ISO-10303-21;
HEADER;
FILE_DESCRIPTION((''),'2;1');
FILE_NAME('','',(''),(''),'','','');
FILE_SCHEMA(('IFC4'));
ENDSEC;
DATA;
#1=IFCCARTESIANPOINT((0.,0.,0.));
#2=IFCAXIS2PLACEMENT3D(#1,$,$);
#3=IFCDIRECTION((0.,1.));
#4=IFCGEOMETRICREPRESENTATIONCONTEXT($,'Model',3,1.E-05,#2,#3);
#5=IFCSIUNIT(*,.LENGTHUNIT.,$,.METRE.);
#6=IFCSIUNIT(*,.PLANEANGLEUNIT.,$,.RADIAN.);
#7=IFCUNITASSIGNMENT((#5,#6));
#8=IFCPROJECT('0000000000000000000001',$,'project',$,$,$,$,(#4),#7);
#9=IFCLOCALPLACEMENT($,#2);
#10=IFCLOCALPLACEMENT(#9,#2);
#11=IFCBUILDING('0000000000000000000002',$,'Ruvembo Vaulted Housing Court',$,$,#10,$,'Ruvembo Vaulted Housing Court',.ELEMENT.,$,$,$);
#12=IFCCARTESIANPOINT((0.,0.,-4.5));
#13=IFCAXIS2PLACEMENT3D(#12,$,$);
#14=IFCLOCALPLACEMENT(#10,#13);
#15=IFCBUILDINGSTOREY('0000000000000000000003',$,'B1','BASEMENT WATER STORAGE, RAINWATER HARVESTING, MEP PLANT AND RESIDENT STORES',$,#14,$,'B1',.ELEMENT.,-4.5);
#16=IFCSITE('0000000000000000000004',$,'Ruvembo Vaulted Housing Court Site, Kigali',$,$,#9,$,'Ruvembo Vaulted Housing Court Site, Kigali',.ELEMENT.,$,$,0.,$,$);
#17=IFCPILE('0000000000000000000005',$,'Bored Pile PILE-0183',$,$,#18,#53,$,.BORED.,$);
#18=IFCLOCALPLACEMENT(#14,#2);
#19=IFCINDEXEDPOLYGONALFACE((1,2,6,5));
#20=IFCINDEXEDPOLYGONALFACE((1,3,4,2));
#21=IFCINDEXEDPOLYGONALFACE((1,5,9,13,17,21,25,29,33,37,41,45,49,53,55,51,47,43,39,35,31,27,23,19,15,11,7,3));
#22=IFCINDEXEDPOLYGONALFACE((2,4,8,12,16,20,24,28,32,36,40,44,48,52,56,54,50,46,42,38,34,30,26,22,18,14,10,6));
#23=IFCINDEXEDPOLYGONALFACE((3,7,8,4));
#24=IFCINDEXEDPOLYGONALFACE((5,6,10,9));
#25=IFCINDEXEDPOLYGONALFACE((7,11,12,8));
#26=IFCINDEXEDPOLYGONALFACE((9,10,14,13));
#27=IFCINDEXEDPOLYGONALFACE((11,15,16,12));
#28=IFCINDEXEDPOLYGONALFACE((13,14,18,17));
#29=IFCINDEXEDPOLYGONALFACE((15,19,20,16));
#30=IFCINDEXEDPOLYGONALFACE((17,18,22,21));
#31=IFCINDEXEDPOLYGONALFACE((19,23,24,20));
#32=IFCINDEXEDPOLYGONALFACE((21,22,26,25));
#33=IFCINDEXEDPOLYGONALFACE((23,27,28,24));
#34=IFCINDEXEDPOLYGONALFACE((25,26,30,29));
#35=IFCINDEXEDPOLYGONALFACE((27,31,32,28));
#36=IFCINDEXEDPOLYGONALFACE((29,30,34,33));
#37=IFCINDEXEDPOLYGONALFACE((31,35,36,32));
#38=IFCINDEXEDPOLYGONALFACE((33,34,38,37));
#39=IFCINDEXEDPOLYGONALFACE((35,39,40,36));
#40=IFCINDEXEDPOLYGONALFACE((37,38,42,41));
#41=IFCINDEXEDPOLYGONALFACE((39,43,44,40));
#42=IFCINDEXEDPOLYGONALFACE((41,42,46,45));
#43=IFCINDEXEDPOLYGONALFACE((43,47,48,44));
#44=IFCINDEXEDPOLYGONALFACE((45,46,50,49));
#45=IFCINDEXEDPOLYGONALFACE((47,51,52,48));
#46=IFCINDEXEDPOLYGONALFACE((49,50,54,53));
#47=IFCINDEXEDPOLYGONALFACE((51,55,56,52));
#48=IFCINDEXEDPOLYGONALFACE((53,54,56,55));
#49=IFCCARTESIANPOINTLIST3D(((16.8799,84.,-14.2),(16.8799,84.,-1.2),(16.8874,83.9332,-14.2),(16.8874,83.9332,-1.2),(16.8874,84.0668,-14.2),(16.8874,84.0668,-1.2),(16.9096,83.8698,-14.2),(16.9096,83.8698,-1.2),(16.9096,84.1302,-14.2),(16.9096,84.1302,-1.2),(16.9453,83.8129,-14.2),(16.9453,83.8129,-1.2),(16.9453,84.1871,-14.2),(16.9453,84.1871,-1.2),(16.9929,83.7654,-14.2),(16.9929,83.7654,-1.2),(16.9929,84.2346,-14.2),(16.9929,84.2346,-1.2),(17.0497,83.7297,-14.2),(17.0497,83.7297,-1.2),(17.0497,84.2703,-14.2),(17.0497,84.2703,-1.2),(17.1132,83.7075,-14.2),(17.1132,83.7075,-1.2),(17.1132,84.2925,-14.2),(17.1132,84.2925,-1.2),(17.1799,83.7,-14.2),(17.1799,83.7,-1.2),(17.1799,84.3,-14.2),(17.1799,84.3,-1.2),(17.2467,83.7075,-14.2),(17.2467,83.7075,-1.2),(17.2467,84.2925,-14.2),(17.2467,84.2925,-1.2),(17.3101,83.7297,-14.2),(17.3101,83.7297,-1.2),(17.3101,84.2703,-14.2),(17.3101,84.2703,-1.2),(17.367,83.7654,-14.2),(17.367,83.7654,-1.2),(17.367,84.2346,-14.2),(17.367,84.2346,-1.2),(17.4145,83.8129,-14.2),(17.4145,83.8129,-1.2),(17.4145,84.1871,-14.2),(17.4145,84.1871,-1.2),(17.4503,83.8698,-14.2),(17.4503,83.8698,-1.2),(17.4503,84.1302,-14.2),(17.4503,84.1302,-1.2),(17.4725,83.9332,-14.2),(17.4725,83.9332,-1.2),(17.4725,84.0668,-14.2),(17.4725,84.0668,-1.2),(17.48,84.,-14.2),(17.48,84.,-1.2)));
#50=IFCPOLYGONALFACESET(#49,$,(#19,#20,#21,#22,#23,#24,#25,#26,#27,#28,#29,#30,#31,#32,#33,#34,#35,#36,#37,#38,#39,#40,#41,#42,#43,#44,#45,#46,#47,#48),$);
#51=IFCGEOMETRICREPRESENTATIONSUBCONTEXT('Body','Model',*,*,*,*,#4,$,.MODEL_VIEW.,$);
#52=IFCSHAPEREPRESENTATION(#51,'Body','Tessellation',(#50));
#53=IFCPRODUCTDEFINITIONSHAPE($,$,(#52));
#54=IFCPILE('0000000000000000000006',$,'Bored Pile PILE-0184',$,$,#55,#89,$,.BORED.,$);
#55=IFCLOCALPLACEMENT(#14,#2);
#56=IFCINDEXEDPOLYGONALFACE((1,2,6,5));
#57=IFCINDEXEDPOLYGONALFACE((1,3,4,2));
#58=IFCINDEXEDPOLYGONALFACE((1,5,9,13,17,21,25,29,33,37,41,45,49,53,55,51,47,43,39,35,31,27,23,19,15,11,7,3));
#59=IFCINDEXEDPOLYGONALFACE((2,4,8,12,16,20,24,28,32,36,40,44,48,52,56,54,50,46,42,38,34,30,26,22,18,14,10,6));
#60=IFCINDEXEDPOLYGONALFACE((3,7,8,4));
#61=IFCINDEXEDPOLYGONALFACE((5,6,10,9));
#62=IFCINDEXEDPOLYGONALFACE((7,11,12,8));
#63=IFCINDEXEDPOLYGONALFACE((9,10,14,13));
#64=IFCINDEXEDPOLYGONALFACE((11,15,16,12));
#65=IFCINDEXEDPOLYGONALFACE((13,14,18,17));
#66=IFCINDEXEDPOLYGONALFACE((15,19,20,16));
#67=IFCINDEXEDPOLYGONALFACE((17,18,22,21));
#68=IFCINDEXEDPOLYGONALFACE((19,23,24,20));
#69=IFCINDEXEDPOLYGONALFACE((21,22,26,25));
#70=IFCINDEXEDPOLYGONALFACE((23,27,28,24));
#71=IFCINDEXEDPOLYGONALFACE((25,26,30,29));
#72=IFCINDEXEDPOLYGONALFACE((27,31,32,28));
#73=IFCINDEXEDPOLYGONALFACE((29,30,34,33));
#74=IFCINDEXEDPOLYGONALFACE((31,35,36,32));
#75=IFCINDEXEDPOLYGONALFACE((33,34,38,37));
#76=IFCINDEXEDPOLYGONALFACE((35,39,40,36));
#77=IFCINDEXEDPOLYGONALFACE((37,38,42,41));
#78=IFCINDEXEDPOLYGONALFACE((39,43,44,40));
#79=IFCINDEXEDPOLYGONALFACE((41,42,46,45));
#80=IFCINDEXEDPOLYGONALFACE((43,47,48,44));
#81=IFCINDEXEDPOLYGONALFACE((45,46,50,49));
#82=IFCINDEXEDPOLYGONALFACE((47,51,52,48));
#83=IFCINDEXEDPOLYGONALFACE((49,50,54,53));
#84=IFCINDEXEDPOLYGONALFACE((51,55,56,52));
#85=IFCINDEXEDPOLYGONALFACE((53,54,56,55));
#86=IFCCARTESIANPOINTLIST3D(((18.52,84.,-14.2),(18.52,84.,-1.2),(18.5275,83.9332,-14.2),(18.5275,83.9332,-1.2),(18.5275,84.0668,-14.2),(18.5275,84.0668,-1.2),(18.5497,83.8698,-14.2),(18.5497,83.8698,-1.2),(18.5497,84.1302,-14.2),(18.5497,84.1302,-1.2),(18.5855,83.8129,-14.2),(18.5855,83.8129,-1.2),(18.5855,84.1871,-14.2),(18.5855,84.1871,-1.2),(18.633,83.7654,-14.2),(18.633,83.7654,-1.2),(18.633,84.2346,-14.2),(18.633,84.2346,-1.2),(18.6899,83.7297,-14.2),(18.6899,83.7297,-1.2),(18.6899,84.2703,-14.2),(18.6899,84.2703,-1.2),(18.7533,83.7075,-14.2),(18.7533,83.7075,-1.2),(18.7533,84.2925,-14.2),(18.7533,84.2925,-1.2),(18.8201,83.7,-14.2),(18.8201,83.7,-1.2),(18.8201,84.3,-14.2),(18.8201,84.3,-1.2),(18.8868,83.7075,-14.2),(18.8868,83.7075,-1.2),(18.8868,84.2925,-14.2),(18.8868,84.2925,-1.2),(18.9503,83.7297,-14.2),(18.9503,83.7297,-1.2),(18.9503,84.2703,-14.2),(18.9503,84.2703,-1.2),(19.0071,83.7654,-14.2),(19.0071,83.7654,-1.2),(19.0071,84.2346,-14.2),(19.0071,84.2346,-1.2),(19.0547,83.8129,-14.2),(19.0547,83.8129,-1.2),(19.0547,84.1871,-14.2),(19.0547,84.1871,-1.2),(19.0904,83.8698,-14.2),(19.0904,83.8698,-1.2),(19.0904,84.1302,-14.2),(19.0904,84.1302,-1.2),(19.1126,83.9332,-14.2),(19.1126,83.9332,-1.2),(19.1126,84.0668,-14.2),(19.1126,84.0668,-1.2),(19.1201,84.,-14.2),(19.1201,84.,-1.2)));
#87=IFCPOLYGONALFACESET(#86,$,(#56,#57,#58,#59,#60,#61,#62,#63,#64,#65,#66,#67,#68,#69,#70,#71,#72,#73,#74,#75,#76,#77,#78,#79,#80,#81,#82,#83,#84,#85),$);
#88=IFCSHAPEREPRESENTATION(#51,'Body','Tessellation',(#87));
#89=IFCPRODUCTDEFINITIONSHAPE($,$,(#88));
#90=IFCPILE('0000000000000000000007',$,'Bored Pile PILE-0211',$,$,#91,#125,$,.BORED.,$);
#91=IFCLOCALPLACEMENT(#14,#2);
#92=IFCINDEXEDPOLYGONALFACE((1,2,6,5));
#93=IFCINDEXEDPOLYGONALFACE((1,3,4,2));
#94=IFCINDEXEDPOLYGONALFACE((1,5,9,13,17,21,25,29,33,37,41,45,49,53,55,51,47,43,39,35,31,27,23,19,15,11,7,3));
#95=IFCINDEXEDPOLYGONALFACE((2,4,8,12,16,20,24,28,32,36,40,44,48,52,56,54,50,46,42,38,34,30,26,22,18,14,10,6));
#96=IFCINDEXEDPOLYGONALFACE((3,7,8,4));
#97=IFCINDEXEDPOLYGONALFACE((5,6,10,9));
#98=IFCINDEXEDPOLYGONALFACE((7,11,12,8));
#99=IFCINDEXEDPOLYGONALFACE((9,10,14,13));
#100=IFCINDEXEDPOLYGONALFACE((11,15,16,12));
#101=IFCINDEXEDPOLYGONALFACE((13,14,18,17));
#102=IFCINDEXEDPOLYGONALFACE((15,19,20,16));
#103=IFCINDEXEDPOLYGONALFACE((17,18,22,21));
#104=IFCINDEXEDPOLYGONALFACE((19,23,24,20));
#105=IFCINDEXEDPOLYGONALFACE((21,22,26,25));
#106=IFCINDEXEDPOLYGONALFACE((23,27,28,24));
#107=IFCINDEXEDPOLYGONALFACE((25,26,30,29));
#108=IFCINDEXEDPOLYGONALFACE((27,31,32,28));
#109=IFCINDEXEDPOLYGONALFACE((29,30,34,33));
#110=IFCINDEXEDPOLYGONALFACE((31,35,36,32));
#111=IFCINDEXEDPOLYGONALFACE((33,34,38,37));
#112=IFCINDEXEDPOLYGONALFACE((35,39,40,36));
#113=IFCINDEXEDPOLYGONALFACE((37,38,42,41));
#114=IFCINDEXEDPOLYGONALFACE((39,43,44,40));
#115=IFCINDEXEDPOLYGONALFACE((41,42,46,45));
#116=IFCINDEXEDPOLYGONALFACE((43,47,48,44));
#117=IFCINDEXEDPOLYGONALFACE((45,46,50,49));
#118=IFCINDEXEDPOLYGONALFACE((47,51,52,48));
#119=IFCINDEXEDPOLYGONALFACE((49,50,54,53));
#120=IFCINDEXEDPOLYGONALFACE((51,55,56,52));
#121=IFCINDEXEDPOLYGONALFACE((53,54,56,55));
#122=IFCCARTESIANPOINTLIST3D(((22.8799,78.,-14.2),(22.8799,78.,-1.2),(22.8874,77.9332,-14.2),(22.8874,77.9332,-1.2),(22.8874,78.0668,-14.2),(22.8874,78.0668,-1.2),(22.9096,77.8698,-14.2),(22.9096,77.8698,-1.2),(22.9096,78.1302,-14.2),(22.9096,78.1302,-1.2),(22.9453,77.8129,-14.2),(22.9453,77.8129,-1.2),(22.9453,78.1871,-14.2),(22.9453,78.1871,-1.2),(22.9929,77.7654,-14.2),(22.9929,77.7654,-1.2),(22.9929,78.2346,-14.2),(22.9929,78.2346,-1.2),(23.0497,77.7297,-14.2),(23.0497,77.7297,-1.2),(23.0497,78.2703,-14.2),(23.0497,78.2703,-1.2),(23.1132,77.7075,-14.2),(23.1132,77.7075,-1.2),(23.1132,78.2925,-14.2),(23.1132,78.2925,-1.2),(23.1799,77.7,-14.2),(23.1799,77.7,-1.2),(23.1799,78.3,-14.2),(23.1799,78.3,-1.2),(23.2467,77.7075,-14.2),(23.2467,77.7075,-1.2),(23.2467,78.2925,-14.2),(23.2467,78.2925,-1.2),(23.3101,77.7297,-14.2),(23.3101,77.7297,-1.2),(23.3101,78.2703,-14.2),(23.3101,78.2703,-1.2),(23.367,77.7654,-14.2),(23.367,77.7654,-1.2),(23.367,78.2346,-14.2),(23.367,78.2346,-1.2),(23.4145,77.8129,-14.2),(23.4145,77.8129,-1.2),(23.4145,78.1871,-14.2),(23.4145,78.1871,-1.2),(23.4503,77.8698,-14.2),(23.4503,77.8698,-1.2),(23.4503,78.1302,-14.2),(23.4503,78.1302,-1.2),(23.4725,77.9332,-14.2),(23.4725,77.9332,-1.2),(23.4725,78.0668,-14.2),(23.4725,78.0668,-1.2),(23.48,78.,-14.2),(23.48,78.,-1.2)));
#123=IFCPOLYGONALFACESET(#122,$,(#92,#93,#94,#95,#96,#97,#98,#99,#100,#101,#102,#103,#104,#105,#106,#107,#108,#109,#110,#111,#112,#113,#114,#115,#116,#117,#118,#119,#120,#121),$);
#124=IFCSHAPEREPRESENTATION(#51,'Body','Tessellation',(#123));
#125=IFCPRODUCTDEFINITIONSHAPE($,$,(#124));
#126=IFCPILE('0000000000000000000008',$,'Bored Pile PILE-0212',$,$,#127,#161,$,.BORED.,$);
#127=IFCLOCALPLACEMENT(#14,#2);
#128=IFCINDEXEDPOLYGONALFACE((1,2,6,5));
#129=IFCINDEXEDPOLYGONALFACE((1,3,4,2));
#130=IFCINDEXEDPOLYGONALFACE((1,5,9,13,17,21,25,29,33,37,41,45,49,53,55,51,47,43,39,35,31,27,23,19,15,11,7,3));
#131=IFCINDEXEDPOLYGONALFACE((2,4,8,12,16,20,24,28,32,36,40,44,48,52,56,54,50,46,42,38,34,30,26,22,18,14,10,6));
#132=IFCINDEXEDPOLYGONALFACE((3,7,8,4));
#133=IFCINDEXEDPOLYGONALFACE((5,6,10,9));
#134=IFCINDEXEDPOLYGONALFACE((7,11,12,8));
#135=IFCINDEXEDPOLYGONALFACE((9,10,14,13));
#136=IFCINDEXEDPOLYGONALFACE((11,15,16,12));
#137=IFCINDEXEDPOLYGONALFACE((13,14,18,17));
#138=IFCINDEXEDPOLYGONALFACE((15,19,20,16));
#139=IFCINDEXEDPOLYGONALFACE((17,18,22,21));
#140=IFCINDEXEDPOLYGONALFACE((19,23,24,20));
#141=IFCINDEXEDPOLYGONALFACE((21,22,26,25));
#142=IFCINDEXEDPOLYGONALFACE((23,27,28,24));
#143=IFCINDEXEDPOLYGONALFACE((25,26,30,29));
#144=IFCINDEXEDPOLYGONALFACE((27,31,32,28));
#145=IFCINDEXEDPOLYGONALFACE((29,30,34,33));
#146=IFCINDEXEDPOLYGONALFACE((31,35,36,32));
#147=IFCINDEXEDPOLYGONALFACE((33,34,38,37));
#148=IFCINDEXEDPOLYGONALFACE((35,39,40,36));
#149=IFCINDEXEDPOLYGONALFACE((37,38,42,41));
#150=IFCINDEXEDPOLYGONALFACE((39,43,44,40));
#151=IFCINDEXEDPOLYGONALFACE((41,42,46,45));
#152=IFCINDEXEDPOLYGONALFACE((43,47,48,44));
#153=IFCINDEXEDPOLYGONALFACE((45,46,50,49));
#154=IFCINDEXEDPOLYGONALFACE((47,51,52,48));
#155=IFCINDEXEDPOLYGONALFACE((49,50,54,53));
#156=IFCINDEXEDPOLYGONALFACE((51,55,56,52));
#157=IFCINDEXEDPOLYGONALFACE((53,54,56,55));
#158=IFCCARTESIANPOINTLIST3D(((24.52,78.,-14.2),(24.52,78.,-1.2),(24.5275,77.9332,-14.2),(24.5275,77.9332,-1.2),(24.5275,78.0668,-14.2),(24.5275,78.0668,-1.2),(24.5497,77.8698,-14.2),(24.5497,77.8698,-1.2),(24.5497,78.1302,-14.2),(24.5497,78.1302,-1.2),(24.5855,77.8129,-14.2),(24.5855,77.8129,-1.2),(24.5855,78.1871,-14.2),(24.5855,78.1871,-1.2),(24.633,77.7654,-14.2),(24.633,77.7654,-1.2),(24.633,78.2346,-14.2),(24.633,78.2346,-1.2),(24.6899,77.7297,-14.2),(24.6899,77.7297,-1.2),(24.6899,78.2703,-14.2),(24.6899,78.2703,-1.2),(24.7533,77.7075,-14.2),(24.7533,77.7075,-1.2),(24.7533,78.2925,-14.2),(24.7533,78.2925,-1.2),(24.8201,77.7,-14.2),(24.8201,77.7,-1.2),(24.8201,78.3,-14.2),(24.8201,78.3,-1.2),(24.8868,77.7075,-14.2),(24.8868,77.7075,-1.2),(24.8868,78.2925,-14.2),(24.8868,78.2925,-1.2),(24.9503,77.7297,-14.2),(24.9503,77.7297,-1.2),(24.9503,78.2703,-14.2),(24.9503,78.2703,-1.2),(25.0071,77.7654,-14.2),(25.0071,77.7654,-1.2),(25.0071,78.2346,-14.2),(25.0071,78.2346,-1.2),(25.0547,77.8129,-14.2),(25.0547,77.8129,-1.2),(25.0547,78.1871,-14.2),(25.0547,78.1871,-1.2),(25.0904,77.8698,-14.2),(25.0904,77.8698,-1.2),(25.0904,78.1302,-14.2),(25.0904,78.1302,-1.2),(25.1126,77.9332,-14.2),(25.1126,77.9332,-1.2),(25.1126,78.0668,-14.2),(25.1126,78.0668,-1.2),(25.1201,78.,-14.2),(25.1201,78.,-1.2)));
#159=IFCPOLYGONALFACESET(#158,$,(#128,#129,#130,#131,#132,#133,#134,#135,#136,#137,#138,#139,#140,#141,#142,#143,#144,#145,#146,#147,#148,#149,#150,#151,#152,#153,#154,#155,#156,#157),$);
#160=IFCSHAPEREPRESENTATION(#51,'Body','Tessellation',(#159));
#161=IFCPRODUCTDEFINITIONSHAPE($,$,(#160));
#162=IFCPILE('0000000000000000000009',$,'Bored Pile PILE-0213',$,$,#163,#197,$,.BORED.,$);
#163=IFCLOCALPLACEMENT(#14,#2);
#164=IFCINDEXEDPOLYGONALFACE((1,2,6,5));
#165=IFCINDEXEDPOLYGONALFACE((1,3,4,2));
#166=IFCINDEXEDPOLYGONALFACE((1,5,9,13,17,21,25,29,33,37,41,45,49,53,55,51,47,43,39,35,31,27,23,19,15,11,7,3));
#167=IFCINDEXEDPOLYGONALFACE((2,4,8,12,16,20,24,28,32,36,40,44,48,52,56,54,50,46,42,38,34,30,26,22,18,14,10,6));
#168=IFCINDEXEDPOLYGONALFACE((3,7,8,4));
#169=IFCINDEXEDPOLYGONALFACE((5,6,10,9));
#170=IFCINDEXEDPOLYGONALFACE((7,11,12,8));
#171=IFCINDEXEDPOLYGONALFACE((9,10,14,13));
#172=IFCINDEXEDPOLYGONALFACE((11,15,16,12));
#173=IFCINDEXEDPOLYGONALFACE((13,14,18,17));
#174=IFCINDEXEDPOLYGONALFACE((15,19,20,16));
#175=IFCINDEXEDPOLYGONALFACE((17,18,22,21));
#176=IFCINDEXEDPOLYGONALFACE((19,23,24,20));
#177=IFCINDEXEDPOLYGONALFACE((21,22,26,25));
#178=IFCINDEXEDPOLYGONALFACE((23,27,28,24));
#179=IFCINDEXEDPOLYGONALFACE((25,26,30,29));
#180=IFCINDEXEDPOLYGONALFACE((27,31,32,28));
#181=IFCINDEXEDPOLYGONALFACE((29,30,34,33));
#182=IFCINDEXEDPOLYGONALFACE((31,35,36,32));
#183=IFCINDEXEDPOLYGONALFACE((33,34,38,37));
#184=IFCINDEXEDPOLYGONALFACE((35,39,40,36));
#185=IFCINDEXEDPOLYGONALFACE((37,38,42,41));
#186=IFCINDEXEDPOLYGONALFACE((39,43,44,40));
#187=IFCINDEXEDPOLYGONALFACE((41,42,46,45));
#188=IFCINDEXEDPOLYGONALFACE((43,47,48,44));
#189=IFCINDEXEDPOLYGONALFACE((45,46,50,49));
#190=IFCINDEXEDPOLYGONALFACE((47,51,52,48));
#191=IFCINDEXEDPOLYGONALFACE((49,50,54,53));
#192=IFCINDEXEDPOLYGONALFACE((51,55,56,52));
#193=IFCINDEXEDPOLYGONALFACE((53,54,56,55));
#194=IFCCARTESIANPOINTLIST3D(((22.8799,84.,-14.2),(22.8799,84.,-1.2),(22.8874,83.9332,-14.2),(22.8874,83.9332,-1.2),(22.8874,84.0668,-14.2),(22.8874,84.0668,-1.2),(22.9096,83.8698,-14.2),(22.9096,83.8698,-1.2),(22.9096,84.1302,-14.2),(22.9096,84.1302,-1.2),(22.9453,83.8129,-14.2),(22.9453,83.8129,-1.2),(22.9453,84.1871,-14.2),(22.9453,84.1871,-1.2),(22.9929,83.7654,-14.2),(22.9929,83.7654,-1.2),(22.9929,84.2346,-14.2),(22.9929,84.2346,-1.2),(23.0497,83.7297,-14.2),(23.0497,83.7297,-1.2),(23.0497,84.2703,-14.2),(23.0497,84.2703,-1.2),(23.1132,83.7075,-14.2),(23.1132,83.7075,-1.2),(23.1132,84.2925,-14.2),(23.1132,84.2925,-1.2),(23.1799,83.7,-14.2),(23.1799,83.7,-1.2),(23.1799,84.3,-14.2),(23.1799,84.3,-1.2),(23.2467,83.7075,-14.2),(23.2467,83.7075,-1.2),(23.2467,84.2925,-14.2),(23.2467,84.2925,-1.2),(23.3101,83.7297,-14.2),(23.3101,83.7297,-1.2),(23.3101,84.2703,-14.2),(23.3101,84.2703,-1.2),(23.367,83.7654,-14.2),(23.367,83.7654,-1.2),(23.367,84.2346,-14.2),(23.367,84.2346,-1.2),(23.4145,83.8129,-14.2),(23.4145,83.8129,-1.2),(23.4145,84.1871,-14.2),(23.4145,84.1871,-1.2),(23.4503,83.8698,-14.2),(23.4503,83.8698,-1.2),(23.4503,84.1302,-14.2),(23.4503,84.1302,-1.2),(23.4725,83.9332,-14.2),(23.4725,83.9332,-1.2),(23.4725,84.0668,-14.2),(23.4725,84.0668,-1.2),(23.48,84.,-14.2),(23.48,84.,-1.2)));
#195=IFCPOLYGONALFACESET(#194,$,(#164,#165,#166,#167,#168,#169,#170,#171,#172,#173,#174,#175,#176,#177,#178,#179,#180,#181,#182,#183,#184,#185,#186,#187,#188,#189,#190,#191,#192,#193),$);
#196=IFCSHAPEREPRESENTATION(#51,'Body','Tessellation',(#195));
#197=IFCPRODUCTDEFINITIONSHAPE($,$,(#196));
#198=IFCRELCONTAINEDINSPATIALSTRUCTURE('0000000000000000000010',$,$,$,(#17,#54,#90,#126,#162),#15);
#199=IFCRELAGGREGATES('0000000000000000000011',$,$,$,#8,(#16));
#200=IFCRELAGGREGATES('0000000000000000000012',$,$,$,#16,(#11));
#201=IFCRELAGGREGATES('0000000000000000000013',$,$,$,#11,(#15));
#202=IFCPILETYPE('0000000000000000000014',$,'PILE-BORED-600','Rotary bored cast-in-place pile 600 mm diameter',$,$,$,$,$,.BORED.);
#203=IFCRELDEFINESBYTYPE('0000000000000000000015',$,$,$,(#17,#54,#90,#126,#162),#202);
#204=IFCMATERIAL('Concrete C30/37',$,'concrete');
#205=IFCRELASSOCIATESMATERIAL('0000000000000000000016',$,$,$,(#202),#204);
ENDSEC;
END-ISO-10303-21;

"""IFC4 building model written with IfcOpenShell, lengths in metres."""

from ifc_helpers import new_model, si_unit, direction, frame, origin, origin_2d, place, context, subcontext, project, spatial, circle, extrude, material, material_profile, profile_set, type_object, element, save


model = new_model("IFC4")

# Units and contexts
model_context = context("Model", 3, precision=1e-05, world=origin(), true_north=direction((0.0, 1.0)))
body_context = subcontext(model_context, "Body", "Model", "MODEL_VIEW")
ifc_project = project(units=[si_unit("LENGTHUNIT", "METRE"), si_unit("PLANEANGLEUNIT", "RADIAN")], contexts=[model_context])

# Site, building, storey
site_placement = place(None, origin())
site = spatial("IfcSite", under=ifc_project, at=site_placement, Name="Ruvembo Vaulted Housing Court Site, Kigali", LongName="Ruvembo Vaulted Housing Court Site, Kigali", CompositionType="ELEMENT", RefElevation=0.0)
building_placement = place(site_placement, origin())
building = spatial("IfcBuilding", under=site, at=building_placement, Name="Ruvembo Vaulted Housing Court", LongName="Ruvembo Vaulted Housing Court", CompositionType="ELEMENT")
storey_placement = place(building_placement, frame((0.0, 0.0, -4.5)))
storey = spatial("IfcBuildingStorey", under=building, at=storey_placement, Name="B1", Description="BASEMENT WATER STORAGE, RAINWATER HARVESTING, MEP PLANT AND RESIDENT STORES", LongName="B1", CompositionType="ELEMENT", Elevation=-4.5)

# Piles
ifc_material_1 = material(Name="Concrete C30/37", Category="concrete")
ifc_material_profile_1 = material_profile(ifc_material_1, circle(Radius=0.3, at=origin_2d()), Name="PILE D600")
ifc_profile_set_1 = profile_set([ifc_material_profile_1], Name="Concrete C30/37")
pile_type = type_object("IfcPileType", Name="PILE-BORED-600", Description="Rotary bored cast-in-place pile 600 mm diameter", PredefinedType="BORED", material=ifc_profile_set_1)
for number, where, z_axis, x_axis, name in (
    (1, (17.1799, 84.0, -1.2), (0.0, 0.0, -1.0), (1.0, 0.0, 0.0), "Bored Pile PILE-0183"),
    (2, (18.8201, 84.0, -1.2), (0.0, 0.0, -1.0), (1.0, 0.0, 0.0), "Bored Pile PILE-0184"),
    (3, (23.1799, 78.0, -1.2), (0.0, 0.0, -1.0), (1.0, 0.0, 0.0), "Bored Pile PILE-0211"),
    (4, (24.8201, 78.0, -1.2), (0.0, 0.0, -1.0), (1.0, 0.0, 0.0), "Bored Pile PILE-0212"),
    (5, (23.1799, 84.0, -1.2), (0.0, 0.0, -1.0), (1.0, 0.0, 0.0), "Bored Pile PILE-0213"),
):
    element("IfcPile", number, at=place(storey_placement, frame(where, z_axis=z_axis, x_axis=x_axis)), inside=storey, type_object=pile_type, Name=name, PredefinedType="BORED", context=body_context, shape_type="SweptSolid", body=[
        extrude(circle(Radius=0.3, at=origin_2d()), origin(), (0.0, 0.0, 1.0), 13.0),
    ])

save(model, "model.ifc")
